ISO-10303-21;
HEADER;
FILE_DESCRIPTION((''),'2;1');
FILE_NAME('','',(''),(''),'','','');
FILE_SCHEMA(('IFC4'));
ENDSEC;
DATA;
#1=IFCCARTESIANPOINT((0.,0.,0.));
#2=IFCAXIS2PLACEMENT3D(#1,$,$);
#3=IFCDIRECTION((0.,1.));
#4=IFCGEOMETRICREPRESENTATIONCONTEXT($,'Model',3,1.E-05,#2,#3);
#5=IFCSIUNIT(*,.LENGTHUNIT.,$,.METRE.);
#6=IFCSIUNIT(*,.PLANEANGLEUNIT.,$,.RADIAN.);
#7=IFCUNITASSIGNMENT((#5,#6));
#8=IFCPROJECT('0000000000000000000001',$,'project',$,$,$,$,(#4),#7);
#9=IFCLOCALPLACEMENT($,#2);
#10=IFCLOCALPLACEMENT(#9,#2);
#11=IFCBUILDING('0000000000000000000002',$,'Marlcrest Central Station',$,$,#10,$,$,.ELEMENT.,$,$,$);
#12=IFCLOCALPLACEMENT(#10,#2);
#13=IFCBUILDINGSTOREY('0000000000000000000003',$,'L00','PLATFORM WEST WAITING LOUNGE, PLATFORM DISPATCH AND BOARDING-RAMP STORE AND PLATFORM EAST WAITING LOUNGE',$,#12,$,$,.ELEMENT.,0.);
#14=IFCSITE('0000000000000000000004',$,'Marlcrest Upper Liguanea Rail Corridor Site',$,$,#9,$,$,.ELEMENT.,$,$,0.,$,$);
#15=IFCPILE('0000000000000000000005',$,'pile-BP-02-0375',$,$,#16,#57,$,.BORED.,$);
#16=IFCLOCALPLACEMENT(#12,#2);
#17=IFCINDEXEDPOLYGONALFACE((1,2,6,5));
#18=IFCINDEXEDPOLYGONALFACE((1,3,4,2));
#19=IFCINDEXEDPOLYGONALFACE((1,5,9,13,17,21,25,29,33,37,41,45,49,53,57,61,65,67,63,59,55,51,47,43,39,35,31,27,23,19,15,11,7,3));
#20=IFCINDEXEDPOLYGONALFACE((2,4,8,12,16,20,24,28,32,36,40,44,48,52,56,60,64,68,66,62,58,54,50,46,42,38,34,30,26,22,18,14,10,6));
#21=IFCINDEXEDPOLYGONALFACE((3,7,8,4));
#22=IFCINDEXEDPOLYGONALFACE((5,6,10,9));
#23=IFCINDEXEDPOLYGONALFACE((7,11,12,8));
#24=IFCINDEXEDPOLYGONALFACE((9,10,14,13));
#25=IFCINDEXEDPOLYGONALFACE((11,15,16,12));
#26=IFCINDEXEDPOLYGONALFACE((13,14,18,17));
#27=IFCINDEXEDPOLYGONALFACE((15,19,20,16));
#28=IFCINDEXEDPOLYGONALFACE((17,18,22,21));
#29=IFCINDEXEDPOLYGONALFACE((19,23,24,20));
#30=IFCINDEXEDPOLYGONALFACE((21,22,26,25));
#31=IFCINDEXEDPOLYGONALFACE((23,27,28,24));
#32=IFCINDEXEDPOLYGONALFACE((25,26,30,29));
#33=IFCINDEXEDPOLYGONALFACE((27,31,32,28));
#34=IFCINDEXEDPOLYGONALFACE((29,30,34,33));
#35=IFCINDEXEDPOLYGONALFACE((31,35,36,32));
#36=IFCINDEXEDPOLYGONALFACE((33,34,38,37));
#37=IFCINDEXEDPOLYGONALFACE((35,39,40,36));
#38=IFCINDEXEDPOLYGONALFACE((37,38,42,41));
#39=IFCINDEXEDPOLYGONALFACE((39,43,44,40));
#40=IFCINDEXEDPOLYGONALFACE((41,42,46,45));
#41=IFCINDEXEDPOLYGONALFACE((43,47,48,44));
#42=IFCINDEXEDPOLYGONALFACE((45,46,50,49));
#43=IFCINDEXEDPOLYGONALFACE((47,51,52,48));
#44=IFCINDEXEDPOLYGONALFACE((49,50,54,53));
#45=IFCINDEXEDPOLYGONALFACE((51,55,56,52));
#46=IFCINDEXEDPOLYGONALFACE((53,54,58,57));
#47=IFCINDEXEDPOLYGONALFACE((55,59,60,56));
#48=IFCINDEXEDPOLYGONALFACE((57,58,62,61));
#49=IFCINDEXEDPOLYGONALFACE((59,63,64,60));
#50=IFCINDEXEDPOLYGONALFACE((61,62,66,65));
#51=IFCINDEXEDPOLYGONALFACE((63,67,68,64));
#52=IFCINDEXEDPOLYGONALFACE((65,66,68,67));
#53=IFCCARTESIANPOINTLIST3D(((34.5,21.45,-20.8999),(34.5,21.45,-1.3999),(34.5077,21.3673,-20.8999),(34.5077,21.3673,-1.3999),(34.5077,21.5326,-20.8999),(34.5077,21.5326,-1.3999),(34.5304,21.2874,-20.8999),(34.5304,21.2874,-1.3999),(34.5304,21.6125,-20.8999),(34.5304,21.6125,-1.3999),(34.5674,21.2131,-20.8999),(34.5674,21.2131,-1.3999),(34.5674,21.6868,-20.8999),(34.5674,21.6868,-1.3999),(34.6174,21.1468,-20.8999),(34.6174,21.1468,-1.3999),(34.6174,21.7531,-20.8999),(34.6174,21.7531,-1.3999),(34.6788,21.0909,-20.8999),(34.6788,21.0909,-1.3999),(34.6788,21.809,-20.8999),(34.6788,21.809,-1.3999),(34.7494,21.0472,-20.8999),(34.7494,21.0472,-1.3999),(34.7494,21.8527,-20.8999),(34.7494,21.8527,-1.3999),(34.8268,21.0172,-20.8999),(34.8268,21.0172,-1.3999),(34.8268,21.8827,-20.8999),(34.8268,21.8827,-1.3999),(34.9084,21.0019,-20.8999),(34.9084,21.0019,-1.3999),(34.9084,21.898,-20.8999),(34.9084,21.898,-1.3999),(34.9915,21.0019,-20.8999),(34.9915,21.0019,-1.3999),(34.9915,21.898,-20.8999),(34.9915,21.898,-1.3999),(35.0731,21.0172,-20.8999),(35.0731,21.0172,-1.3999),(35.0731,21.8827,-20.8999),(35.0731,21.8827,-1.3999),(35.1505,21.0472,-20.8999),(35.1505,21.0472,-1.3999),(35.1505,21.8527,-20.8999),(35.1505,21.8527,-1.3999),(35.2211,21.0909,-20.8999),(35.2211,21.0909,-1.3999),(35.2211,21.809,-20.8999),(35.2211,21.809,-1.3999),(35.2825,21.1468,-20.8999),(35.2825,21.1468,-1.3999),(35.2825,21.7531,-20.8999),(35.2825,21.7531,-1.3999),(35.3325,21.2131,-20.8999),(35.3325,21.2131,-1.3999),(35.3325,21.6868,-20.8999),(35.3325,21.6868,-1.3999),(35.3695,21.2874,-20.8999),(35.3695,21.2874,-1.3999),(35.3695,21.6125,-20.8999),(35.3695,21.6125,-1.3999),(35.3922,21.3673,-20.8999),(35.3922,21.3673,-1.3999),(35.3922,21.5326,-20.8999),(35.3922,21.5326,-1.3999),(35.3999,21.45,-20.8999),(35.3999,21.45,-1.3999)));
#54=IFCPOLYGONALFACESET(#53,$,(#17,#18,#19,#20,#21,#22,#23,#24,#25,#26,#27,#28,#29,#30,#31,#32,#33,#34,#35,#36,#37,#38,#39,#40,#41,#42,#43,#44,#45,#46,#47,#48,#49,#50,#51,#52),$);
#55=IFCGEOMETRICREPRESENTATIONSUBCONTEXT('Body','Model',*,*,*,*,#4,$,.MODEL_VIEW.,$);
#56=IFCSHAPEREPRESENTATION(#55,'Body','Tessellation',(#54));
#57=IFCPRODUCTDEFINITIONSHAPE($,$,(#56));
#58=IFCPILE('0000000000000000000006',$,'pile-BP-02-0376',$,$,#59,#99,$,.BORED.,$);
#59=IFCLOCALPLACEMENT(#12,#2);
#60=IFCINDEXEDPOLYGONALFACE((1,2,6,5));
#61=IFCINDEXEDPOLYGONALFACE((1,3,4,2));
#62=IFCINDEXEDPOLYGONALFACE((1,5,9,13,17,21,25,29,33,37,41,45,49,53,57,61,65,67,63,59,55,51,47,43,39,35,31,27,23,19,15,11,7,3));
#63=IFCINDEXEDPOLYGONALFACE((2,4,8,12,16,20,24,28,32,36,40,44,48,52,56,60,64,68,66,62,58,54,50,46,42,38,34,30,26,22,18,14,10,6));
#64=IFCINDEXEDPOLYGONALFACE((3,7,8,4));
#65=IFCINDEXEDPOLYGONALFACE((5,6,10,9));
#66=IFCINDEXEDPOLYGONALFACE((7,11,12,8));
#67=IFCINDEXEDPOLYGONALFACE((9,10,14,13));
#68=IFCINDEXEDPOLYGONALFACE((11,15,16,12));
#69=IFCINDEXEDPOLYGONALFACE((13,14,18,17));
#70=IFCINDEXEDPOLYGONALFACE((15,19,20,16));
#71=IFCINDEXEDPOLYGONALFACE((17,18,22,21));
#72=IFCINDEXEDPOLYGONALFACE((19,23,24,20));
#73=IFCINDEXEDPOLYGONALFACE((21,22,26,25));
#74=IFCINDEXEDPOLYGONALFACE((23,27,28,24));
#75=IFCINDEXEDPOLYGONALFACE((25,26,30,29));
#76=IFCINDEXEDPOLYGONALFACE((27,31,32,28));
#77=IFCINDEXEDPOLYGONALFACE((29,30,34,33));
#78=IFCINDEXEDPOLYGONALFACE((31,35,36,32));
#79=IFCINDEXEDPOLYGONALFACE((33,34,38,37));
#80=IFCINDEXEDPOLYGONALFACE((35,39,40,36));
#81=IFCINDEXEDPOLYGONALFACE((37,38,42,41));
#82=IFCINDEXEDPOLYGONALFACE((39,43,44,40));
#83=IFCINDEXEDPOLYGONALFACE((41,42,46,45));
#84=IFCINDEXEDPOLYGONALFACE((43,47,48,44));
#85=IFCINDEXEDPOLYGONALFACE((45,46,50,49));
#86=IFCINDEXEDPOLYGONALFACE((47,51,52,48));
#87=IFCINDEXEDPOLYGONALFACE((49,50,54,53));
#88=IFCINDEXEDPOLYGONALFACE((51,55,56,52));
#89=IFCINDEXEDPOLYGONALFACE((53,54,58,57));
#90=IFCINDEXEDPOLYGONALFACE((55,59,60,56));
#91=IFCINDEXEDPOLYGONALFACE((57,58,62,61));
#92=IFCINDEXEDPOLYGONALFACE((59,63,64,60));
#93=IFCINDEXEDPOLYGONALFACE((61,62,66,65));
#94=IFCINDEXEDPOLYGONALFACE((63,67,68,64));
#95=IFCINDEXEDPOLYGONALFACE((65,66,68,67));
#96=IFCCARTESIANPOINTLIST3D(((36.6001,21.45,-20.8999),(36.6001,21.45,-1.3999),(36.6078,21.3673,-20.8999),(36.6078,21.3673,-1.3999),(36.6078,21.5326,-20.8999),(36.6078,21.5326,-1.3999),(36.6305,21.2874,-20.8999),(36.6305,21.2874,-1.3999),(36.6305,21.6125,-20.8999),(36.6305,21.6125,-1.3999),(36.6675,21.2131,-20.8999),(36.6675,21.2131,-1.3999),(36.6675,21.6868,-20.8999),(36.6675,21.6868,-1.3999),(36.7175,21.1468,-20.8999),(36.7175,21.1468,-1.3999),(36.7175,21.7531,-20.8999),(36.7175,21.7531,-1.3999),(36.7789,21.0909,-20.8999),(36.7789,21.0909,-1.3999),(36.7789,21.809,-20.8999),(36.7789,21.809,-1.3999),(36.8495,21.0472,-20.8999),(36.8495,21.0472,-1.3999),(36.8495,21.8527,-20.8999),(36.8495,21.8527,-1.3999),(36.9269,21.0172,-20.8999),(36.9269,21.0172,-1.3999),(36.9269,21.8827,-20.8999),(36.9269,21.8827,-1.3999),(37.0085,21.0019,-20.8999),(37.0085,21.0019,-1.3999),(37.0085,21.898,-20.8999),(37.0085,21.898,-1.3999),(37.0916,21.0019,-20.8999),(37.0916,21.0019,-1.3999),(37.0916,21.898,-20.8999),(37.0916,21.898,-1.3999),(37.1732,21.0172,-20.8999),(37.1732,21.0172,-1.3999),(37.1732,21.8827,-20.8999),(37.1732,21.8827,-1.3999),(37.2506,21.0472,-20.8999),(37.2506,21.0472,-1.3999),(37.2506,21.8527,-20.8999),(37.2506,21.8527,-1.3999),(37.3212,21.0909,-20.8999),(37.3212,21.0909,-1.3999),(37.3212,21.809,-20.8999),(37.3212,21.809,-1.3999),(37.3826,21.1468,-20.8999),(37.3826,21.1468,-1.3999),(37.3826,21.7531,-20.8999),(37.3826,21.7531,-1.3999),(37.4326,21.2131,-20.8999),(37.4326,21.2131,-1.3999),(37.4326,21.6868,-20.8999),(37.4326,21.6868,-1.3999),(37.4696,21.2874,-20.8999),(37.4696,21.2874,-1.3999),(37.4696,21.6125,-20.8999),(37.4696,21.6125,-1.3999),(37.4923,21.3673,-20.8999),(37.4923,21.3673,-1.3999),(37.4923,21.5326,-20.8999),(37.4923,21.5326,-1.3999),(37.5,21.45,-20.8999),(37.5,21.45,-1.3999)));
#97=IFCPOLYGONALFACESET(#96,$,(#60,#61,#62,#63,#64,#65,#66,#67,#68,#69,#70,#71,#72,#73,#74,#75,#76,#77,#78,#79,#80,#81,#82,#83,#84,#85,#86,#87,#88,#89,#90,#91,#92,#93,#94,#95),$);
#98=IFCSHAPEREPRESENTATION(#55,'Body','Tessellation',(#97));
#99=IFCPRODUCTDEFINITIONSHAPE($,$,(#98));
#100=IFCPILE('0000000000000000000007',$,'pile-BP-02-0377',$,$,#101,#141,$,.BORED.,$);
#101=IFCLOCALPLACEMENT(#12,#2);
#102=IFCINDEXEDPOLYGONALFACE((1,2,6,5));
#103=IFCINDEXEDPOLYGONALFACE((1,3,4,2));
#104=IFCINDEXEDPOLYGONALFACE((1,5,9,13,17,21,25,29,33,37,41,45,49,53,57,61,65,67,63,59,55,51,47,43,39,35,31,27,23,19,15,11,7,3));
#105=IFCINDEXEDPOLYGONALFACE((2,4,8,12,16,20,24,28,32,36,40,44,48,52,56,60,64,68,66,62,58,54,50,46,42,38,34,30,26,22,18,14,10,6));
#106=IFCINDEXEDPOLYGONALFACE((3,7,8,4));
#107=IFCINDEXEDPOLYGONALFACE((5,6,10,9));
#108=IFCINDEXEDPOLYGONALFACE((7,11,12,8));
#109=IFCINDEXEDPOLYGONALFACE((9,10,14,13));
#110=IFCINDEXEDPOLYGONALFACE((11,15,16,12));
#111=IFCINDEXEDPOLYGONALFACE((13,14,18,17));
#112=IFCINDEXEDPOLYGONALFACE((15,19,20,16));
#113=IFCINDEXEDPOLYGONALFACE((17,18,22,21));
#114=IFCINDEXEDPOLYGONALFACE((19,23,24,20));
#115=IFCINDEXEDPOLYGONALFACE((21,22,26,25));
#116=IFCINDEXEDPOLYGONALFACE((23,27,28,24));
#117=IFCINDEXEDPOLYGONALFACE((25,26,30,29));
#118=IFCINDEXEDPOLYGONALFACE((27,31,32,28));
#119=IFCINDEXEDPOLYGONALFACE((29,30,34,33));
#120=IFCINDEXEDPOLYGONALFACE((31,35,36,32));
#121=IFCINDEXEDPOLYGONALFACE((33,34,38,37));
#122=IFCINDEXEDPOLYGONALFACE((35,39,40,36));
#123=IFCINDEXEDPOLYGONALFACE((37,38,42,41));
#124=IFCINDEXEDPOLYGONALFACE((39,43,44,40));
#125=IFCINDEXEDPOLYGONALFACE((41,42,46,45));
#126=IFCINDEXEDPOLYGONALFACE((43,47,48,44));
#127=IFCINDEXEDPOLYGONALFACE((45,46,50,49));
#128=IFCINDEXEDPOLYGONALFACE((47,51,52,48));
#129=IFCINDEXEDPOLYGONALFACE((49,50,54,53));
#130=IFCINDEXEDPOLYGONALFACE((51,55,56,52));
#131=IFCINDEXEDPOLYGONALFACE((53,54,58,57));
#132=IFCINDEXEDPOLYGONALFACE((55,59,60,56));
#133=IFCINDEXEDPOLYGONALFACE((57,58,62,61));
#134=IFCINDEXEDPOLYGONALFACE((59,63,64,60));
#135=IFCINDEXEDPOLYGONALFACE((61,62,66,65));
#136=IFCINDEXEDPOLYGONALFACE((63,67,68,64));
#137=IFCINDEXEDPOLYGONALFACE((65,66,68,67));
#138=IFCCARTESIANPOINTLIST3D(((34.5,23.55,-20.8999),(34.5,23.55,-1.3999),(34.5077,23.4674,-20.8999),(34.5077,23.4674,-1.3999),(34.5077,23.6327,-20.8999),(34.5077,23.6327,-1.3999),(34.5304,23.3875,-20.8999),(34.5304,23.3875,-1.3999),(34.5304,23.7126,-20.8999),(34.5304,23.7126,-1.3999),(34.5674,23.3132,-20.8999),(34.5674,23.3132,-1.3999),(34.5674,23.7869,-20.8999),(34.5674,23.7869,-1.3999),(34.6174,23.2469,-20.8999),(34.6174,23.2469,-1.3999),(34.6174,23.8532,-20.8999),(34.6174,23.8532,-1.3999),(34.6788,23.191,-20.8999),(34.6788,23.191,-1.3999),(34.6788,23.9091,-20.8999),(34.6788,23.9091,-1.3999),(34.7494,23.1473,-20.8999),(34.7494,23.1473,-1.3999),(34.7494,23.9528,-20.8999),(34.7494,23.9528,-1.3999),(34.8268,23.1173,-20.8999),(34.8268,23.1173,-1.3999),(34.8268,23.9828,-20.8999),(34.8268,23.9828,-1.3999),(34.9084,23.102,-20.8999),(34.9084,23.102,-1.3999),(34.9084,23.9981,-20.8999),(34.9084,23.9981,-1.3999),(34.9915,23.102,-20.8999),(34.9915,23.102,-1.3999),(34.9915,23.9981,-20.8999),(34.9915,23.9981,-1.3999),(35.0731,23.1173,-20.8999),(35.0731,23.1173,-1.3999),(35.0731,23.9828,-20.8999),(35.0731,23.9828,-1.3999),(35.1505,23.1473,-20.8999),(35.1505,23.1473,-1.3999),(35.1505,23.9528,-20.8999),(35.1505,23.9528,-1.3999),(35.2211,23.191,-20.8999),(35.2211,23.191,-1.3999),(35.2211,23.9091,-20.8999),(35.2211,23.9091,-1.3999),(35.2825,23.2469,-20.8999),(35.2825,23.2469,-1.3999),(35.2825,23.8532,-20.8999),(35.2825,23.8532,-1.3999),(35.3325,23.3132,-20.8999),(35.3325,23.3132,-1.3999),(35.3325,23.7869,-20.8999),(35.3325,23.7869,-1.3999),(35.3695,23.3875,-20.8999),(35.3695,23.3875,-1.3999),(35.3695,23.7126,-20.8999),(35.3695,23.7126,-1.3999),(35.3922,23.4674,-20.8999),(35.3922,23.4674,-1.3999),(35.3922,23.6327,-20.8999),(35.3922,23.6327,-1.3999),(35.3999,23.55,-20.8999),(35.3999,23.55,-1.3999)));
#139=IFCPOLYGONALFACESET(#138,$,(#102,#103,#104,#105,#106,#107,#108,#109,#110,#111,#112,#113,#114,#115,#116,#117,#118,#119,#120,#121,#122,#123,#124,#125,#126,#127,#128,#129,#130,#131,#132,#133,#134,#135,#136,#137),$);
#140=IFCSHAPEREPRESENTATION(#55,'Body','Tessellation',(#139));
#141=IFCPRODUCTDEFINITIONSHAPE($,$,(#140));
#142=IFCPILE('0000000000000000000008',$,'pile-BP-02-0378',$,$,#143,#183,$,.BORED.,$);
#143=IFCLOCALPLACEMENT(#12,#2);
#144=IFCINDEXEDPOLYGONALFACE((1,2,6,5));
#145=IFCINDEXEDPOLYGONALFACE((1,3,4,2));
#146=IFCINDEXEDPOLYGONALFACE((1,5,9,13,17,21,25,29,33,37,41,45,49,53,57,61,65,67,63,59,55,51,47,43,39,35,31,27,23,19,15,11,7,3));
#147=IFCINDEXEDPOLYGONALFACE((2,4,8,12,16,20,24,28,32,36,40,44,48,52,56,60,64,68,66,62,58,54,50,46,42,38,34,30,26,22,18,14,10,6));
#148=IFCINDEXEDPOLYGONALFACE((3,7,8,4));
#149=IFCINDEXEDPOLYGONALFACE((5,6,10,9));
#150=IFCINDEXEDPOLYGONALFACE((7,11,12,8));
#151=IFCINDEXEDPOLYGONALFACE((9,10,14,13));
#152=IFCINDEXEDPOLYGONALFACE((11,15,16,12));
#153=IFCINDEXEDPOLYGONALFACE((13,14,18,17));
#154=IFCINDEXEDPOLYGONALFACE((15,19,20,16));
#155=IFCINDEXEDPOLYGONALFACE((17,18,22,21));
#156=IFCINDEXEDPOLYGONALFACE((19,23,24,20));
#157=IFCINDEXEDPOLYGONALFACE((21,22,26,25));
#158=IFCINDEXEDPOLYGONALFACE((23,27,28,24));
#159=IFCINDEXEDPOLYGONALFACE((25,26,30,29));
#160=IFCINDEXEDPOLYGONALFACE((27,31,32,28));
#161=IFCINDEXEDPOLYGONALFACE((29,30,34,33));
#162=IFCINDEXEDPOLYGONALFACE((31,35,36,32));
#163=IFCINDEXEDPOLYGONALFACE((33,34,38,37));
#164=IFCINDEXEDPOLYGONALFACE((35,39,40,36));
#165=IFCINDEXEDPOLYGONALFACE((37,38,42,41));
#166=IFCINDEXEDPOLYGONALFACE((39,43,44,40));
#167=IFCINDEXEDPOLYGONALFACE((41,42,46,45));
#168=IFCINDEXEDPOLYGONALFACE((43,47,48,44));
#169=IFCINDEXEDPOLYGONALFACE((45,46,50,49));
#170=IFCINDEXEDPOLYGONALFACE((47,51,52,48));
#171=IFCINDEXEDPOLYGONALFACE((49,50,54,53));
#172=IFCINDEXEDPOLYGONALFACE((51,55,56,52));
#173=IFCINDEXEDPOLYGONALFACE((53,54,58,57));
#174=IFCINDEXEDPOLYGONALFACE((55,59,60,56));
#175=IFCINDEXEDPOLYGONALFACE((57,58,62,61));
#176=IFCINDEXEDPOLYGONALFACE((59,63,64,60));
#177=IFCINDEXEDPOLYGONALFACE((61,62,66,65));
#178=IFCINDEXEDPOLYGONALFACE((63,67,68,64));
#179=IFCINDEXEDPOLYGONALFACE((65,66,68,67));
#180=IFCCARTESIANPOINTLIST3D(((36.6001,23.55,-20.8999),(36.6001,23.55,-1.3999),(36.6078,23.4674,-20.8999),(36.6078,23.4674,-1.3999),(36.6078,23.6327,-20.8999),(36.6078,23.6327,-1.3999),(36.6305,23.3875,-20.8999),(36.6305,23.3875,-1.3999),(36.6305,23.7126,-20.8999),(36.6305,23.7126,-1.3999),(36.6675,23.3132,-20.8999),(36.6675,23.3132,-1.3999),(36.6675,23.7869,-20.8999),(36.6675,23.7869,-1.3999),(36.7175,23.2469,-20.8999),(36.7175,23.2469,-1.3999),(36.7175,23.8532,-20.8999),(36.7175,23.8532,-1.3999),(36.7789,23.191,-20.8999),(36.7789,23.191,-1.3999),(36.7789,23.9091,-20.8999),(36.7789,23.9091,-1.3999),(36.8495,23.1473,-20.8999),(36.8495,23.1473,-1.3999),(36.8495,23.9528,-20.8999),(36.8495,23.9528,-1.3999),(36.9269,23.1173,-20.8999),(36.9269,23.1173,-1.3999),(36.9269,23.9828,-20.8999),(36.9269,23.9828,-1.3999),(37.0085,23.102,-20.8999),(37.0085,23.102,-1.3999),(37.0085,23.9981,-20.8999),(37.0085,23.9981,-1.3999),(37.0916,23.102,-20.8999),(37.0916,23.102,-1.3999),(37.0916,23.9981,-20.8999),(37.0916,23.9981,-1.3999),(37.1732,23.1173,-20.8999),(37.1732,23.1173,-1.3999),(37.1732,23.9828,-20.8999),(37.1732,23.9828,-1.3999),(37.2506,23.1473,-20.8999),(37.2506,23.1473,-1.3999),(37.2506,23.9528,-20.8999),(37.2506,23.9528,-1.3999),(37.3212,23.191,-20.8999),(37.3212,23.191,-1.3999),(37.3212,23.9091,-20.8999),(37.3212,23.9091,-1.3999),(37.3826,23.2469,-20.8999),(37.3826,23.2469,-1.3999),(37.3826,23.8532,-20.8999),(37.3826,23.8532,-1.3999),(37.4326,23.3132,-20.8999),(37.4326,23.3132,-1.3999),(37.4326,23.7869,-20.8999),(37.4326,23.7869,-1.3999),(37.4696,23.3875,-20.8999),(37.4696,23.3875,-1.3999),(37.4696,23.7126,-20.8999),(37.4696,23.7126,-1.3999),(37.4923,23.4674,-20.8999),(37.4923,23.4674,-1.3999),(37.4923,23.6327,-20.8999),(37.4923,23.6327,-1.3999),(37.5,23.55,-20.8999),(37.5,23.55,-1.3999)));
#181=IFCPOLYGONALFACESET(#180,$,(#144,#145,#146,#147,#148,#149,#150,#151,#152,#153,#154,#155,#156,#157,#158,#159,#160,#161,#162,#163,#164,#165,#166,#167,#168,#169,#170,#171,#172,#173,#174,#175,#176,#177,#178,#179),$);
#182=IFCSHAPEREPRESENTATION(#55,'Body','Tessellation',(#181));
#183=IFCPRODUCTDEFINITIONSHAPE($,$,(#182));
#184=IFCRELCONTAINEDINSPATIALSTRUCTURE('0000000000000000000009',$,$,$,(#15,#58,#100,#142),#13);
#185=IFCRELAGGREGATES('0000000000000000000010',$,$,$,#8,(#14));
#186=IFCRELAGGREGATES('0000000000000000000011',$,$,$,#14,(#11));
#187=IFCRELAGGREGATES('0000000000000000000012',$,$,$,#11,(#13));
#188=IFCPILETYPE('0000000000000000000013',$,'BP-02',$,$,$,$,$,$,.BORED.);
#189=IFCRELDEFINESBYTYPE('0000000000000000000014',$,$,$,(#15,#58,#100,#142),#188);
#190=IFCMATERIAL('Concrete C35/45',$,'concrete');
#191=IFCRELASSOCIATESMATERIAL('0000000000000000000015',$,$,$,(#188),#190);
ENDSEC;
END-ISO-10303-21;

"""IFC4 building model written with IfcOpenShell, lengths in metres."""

from ifc_helpers import new_model, si_unit, direction, frame, origin, origin_2d, place, context, subcontext, project, spatial, circle, extrude, material, material_profile, profile_set, type_object, element, save


model = new_model("IFC4")

# Units and contexts
model_context = context("Model", 3, precision=1e-05, world=origin(), true_north=direction((0.0, 1.0)))
body_context = subcontext(model_context, "Body", "Model", "MODEL_VIEW")
ifc_project = project(units=[si_unit("LENGTHUNIT", "METRE"), si_unit("PLANEANGLEUNIT", "RADIAN")], contexts=[model_context])

# Site, building, storey
site_placement = place(None, origin())
site = spatial("IfcSite", under=ifc_project, at=site_placement, Name="Marlcrest Upper Liguanea Rail Corridor Site", CompositionType="ELEMENT", RefElevation=0.0)
building_placement = place(site_placement, origin())
building = spatial("IfcBuilding", under=site, at=building_placement, Name="Marlcrest Central Station", CompositionType="ELEMENT")
storey_placement = place(building_placement, origin())
storey = spatial("IfcBuildingStorey", under=building, at=storey_placement, Name="L00", Description="PLATFORM WEST WAITING LOUNGE, PLATFORM DISPATCH AND BOARDING-RAMP STORE AND PLATFORM EAST WAITING LOUNGE", CompositionType="ELEMENT", Elevation=0.0)

# Piles
ifc_material_1 = material(Name="Concrete C35/45", Category="concrete")
ifc_material_profile_1 = material_profile(ifc_material_1, circle(Radius=0.45, at=origin_2d()), Name="PILE D900")
ifc_profile_set_1 = profile_set([ifc_material_profile_1], Name="Concrete C35/45")
pile_type = type_object("IfcPileType", Name="BP-02", PredefinedType="BORED", material=ifc_profile_set_1)
for number, where, z_axis, x_axis, name in (
    (1, (34.95, 21.45, -1.3999), (0.0, 0.0, -1.0), (1.0, 0.0, 0.0), "pile-BP-02-0375"),
    (2, (37.05, 21.45, -1.3999), (0.0, 0.0, -1.0), (1.0, 0.0, 0.0), "pile-BP-02-0376"),
    (3, (34.95, 23.55, -1.3999), (0.0, 0.0, -1.0), (1.0, 0.0, 0.0), "pile-BP-02-0377"),
    (4, (37.05, 23.55, -1.3999), (0.0, 0.0, -1.0), (1.0, 0.0, 0.0), "pile-BP-02-0378"),
):
    element("IfcPile", number, at=place(storey_placement, frame(where, z_axis=z_axis, x_axis=x_axis)), inside=storey, type_object=pile_type, Name=name, PredefinedType="BORED", context=body_context, shape_type="SweptSolid", body=[
        extrude(circle(Radius=0.45, at=origin_2d()), origin(), (0.0, 0.0, 1.0), 19.5),
    ])

save(model, "model.ifc")
